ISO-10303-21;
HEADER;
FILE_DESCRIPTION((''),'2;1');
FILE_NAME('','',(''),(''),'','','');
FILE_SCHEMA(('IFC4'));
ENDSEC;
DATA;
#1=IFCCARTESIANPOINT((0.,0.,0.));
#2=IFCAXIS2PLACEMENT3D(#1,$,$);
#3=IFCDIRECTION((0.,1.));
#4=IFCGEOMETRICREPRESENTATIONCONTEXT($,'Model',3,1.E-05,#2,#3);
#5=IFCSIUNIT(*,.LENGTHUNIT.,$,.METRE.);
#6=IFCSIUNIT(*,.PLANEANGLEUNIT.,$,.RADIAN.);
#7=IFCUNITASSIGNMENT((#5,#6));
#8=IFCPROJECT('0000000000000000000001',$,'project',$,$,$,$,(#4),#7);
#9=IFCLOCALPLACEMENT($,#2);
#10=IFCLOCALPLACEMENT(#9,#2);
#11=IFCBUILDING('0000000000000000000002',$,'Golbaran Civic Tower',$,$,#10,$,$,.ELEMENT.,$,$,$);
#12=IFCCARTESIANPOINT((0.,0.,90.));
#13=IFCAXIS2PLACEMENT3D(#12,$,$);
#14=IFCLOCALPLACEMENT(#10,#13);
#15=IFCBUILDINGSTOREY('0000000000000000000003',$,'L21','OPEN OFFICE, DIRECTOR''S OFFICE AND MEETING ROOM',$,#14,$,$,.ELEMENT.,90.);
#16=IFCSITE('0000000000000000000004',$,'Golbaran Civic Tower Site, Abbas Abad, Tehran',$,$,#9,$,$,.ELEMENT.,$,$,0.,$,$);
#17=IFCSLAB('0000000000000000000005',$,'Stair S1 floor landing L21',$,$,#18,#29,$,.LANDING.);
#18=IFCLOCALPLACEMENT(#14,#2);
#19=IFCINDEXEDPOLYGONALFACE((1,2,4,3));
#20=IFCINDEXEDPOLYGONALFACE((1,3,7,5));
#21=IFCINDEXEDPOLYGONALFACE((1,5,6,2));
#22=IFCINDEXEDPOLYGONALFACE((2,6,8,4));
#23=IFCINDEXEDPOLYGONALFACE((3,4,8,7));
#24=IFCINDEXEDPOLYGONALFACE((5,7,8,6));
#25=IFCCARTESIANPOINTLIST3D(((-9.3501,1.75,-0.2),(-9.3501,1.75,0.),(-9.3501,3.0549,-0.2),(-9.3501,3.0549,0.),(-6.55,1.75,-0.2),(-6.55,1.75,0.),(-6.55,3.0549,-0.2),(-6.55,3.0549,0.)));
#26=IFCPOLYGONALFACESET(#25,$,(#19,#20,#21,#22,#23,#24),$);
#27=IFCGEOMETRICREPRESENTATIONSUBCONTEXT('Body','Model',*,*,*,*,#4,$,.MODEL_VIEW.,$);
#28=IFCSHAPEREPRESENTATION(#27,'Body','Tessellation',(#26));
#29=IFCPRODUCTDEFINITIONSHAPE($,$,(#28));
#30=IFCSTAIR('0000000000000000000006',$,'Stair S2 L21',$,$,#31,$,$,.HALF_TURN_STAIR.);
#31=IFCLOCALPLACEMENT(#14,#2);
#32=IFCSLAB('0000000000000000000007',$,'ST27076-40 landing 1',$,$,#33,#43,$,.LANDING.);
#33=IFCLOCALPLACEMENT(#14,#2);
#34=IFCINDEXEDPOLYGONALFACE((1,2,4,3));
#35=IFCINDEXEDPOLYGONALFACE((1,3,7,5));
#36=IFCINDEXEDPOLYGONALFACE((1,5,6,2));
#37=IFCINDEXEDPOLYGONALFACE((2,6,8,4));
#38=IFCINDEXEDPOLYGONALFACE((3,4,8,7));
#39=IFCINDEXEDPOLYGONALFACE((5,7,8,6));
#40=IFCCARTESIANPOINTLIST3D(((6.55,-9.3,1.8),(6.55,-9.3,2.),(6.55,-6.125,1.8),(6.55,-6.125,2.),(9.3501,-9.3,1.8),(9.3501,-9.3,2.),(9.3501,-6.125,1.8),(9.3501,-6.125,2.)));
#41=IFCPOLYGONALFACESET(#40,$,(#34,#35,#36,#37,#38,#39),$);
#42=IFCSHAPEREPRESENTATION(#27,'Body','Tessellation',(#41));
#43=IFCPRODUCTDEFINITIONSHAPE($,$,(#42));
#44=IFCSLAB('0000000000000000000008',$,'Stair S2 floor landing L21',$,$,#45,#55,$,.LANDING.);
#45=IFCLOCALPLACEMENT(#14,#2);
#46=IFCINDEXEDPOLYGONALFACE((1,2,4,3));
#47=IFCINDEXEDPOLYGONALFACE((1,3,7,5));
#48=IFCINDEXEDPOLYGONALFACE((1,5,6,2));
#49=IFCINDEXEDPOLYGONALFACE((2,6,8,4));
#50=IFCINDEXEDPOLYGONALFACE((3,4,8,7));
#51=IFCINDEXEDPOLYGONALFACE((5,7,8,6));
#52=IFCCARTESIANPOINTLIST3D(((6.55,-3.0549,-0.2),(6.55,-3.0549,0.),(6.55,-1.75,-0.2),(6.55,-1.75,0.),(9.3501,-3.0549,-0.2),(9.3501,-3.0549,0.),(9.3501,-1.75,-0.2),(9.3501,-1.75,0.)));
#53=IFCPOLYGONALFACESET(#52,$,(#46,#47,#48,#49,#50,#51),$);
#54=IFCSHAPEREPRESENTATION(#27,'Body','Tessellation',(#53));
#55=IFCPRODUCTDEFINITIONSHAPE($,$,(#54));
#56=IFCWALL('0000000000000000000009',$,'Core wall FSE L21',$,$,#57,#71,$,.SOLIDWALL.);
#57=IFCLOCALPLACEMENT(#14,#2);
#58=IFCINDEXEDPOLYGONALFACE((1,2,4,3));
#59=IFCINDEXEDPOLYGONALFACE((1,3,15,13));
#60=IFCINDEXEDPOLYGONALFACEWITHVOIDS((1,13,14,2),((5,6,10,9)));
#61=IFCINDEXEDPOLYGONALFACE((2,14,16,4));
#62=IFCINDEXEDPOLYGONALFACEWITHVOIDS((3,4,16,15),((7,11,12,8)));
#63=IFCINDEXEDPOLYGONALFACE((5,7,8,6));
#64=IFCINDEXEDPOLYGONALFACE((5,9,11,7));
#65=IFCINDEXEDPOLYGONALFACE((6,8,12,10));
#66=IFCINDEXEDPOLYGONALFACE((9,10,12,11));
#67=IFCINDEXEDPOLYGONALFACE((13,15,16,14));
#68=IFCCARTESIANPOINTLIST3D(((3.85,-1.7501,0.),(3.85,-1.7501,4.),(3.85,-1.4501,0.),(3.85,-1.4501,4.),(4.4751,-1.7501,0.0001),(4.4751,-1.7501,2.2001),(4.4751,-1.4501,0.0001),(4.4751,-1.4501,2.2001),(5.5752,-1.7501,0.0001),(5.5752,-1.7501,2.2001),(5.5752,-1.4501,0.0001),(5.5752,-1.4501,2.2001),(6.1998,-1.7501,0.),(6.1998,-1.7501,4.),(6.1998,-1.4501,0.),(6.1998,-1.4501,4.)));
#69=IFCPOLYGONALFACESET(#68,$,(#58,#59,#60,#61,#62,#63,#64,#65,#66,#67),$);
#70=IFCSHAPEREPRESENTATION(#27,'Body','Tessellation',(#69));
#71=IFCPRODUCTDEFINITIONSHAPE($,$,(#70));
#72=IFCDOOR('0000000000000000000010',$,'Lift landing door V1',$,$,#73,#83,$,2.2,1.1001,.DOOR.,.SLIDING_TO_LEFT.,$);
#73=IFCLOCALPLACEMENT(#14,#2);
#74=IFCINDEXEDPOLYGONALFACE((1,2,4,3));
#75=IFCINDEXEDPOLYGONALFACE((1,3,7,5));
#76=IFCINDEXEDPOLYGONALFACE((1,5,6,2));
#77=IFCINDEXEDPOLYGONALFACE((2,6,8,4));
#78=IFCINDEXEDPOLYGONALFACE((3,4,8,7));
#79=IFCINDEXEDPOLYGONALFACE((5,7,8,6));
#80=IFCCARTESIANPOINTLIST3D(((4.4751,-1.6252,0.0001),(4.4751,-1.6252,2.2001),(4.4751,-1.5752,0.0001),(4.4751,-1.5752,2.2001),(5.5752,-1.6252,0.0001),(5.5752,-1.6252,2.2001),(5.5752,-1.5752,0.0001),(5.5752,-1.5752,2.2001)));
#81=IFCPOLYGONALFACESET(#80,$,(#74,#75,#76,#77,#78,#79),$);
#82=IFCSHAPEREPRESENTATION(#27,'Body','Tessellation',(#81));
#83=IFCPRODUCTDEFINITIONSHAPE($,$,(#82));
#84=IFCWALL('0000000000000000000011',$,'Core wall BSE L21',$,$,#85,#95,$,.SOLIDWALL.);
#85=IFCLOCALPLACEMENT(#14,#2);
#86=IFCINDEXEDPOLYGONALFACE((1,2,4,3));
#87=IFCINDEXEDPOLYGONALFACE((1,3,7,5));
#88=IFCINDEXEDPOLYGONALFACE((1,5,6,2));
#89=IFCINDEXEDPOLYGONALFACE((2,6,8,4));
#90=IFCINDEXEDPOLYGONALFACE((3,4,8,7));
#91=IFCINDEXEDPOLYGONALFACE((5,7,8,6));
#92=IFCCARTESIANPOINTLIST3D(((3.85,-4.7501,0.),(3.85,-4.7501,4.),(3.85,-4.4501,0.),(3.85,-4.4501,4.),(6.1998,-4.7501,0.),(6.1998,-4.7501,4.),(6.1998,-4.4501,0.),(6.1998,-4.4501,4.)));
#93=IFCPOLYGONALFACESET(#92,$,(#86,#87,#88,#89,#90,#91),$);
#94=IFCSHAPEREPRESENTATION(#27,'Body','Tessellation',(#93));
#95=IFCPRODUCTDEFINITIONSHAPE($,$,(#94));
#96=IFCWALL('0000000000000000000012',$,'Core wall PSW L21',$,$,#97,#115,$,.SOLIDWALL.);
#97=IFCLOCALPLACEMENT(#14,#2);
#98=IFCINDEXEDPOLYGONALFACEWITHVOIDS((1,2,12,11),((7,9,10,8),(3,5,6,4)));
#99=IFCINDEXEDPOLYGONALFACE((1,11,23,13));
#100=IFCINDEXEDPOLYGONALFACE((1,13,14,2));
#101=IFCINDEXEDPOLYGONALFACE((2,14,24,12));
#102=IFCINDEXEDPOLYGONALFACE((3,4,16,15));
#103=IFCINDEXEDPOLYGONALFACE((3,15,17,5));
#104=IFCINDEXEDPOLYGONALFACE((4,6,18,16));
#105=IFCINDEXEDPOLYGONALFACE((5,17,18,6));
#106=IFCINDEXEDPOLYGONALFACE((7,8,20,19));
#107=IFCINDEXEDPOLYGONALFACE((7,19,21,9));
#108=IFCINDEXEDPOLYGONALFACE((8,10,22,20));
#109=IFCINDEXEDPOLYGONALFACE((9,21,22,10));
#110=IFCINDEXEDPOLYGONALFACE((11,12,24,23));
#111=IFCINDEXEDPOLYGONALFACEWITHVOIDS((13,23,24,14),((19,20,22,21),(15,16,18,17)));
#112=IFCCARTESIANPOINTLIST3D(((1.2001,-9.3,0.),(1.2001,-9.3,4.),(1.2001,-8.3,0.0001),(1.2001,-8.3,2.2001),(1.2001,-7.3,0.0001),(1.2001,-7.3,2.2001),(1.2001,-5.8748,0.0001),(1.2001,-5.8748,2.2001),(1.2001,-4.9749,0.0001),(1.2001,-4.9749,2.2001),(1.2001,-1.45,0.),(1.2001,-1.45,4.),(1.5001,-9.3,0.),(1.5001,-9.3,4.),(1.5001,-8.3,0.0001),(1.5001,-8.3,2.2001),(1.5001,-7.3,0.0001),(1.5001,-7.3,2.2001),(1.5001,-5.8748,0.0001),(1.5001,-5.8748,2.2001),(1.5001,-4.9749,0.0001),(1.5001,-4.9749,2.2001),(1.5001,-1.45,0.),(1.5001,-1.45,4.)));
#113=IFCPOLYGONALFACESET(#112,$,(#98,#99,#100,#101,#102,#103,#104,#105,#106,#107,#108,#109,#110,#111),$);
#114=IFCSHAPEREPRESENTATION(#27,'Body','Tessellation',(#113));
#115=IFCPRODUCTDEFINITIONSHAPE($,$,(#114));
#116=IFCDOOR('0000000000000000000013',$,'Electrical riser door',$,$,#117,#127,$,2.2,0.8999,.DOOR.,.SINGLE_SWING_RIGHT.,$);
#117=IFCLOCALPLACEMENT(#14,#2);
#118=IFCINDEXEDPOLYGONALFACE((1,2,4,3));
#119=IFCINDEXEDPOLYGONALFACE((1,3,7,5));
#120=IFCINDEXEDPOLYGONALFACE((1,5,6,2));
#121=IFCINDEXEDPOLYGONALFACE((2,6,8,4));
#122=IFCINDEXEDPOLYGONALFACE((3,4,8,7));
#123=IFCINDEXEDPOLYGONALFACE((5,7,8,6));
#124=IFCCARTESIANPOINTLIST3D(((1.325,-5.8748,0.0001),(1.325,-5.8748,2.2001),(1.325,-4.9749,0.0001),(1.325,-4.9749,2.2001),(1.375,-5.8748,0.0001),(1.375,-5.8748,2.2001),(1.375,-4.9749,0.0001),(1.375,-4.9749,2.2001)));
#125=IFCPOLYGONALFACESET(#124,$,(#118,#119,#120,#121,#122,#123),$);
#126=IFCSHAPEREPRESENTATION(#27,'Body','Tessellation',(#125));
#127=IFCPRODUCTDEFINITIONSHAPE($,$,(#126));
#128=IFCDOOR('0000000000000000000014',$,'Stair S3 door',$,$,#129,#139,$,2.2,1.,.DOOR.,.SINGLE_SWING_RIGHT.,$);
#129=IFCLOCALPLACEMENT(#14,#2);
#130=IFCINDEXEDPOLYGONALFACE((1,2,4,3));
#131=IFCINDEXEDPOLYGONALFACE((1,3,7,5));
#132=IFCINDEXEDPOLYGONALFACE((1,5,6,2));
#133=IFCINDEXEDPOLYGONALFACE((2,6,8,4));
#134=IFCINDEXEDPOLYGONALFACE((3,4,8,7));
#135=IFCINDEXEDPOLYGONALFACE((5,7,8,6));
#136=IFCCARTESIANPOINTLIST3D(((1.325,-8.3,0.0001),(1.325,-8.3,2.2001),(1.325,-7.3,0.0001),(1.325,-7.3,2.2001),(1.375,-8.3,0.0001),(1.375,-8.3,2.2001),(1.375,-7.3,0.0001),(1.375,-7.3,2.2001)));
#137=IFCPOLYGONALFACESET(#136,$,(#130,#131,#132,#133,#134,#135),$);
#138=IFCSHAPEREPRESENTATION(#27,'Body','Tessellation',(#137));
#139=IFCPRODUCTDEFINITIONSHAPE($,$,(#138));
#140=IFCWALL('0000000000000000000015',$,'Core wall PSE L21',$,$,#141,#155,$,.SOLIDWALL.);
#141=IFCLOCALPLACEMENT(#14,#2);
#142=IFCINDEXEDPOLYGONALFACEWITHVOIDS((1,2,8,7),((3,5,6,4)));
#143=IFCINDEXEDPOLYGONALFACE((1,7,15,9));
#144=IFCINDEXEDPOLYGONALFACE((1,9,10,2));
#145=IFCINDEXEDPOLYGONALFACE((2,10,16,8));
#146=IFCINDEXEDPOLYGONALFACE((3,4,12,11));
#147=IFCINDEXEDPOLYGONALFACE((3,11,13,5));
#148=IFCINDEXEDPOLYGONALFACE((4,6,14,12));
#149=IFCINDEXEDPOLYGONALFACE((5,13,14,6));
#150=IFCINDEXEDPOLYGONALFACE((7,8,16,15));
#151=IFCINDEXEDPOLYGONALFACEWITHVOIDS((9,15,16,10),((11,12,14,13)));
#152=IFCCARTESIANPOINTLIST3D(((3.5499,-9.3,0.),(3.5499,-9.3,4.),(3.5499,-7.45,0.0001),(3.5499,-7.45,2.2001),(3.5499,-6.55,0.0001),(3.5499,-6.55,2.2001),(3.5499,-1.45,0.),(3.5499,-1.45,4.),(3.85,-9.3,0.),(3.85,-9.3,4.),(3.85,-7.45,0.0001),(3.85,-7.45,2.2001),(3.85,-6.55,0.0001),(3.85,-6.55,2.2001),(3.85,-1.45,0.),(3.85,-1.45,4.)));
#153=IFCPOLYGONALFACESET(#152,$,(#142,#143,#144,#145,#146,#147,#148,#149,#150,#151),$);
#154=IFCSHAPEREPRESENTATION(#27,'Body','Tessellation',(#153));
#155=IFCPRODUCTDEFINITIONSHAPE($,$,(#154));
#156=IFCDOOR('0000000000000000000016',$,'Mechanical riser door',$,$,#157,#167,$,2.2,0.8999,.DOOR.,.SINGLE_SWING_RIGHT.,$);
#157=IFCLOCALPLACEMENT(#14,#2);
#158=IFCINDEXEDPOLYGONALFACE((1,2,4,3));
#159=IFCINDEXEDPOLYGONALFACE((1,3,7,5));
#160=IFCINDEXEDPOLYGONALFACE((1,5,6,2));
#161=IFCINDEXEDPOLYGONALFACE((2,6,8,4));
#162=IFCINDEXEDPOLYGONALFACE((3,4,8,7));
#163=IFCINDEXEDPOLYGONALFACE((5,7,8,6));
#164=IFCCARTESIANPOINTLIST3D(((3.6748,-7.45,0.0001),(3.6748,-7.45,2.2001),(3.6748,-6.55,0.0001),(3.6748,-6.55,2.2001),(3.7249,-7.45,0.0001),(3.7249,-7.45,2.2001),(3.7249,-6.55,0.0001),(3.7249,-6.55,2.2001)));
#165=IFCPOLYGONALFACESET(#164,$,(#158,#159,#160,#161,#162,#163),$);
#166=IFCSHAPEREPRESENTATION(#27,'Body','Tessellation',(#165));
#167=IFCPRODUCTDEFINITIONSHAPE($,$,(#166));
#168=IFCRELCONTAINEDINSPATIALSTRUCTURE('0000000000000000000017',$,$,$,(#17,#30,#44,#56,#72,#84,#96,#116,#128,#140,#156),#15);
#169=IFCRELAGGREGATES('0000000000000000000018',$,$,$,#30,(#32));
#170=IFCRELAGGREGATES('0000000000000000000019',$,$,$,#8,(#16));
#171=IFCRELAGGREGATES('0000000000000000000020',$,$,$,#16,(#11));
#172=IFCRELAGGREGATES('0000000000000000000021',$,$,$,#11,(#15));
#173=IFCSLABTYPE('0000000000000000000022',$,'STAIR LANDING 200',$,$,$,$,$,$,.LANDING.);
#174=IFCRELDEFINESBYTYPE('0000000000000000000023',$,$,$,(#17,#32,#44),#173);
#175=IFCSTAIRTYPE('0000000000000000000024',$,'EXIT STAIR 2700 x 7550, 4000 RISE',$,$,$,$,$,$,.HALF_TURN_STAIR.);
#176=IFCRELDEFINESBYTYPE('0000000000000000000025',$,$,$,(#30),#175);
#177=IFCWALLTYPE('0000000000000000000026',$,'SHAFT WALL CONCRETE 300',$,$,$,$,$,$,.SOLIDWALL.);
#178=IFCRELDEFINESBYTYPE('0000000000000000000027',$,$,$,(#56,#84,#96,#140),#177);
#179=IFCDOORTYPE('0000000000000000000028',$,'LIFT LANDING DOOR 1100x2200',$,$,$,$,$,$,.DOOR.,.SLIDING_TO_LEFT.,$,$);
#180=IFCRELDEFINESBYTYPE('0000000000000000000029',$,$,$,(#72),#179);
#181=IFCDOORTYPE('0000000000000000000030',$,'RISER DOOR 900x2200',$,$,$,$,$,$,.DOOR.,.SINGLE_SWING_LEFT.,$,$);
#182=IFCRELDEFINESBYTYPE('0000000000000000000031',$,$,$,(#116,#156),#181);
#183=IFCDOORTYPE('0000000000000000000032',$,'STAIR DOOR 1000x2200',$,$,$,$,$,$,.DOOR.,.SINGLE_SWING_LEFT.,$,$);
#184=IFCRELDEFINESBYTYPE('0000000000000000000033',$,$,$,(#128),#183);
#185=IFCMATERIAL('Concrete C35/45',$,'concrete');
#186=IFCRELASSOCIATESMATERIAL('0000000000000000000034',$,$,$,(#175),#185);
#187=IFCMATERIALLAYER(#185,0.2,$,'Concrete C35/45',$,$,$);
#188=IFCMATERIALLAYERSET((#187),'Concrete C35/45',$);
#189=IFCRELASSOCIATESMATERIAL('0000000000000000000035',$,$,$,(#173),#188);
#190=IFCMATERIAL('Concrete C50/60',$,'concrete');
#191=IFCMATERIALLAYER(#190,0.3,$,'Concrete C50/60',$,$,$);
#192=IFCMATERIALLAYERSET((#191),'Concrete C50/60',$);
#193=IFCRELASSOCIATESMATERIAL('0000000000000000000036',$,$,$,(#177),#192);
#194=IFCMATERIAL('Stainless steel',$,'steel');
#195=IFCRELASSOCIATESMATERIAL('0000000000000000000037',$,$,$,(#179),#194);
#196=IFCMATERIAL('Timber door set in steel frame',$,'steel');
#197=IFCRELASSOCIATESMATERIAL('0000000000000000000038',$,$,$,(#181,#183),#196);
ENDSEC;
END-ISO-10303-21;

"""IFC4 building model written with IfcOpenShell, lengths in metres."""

from ifc_helpers import new_model, si_unit, direction, frame, frame_2d, origin, place, context, subcontext, project, spatial, polyline, rectangle, outline, extrude, material, layer, layer_set, type_object, element, fill, aggregate, save


model = new_model("IFC4")

# Units and contexts
model_context = context("Model", 3, precision=1e-05, world=origin(), true_north=direction((0.0, 1.0)))
body_context = subcontext(model_context, "Body", "Model", "MODEL_VIEW")
ifc_project = project(units=[si_unit("LENGTHUNIT", "METRE"), si_unit("PLANEANGLEUNIT", "RADIAN")], contexts=[model_context])

# Site, building, storey
site_placement = place(None, origin())
site = spatial("IfcSite", under=ifc_project, at=site_placement, Name="Golbaran Civic Tower Site, Abbas Abad, Tehran", CompositionType="ELEMENT", RefElevation=0.0)
building_placement = place(site_placement, origin())
building = spatial("IfcBuilding", under=site, at=building_placement, Name="Golbaran Civic Tower", CompositionType="ELEMENT")
storey_placement = place(building_placement, frame((0.0, 0.0, 90.0)))
storey = spatial("IfcBuildingStorey", under=building, at=storey_placement, Name="L21", Description="OPEN OFFICE, DIRECTOR'S OFFICE AND MEETING ROOM", CompositionType="ELEMENT", Elevation=90.0)

# Shared definitions
ifc_material_1 = material(Name="Concrete C35/45", Category="concrete")

# Shared definitions
stair_type = type_object("IfcStairType", Name="EXIT STAIR 2700 x 7550, 4000 RISE", PredefinedType="HALF_TURN_STAIR", material=ifc_material_1)
ifc_layer_1 = layer(ifc_material_1, 0.2, Name="Concrete C35/45")
ifc_layer_set_1 = layer_set([ifc_layer_1], Name="Concrete C35/45")
slab_type_1 = type_object("IfcSlabType", Name="STAIR LANDING 200", PredefinedType="LANDING", material=ifc_layer_set_1)

# Slab
slab_1_placement = place(storey_placement, frame((0.0, 0.0, -0.2)))
element("IfcSlab", 1, at=slab_1_placement, inside=storey, type_object=slab_type_1, Name="Stair S1 floor landing L21", PredefinedType="LANDING", context=body_context, shape_type="SweptSolid", body=[
    extrude(outline(polyline([(-9.3501, 1.75), (-9.3501, 3.0549), (-6.55, 3.0549), (-6.55, 1.75), (-9.3501, 1.75)])), origin(), (0.0, 0.0, 1.0), 0.2),
])

# Stair, slab
stair_1_placement = place(storey_placement, origin())
stair_1 = element("IfcStair", 2, at=stair_1_placement, inside=storey, type_object=stair_type, Name="Stair S2 L21", PredefinedType="HALF_TURN_STAIR")
slab_2_placement = place(storey_placement, frame((0.0, 0.0, 1.8)))
slab_2 = element("IfcSlab", 3, at=slab_2_placement, type_object=slab_type_1, Name="ST27076-40 landing 1", PredefinedType="LANDING", context=body_context, shape_type="SweptSolid", body=[
    extrude(outline(polyline([(9.3501, -6.125), (9.3501, -9.3), (6.55, -9.3), (6.55, -6.125), (9.3501, -6.125)])), origin(), (0.0, 0.0, 1.0), 0.2),
])
aggregate(stair_1, [slab_2])

# Slab
slab_3_placement = place(storey_placement, frame((0.0, 0.0, -0.2)))
element("IfcSlab", 4, at=slab_3_placement, inside=storey, type_object=slab_type_1, Name="Stair S2 floor landing L21", PredefinedType="LANDING", context=body_context, shape_type="SweptSolid", body=[
    extrude(outline(polyline([(9.3501, -1.75), (9.3501, -3.0549), (6.55, -3.0549), (6.55, -1.75), (9.3501, -1.75)])), origin(), (0.0, 0.0, 1.0), 0.2),
])

# Wall, opening, door
ifc_material_2 = material(Name="Concrete C50/60", Category="concrete")
ifc_layer_2 = layer(ifc_material_2, 0.3, Name="Concrete C50/60")
ifc_layer_set_2 = layer_set([ifc_layer_2], Name="Concrete C50/60")
wall_type = type_object("IfcWallType", Name="SHAFT WALL CONCRETE 300", PredefinedType="SOLIDWALL", material=ifc_layer_set_2)
wall_1_placement = place(storey_placement, frame((3.8501, -1.6001, 0.0), z_axis=(0.0, 0.0, 1.0), x_axis=(1.0, 0.0, 0.0)))
wall_1 = element("IfcWall", 5, at=wall_1_placement, inside=storey, type_object=wall_type, Name="Core wall FSE L21", PredefinedType="SOLIDWALL", context=body_context, shape_type="SweptSolid", body=[
    extrude(rectangle(XDim=2.3499, YDim=0.3, at=frame_2d((1.1748, 0.0))), origin(), (0.0, 0.0, 1.0), 4.0),
])
opening_1_placement = place(wall_1_placement, frame((0.625, 0.0, 0.0)))
opening_1 = element("IfcOpeningElement", 6, at=opening_1_placement, cuts=wall_1, PredefinedType="OPENING", context=body_context, shape_type="SweptSolid", body=[
    extrude(rectangle(XDim=1.1001, YDim=2.2, at=frame_2d((0.55, 1.1001))), frame((0.0, 0.1599, 0.0), z_axis=(0.0, -1.0, 0.0), x_axis=(1.0, 0.0, 0.0)), (0.0, 0.0, 1.0), 0.3201),
])
ifc_material_3 = material(Name="Stainless steel", Category="steel")
door_type_1 = type_object("IfcDoorType", Name="LIFT LANDING DOOR 1100x2200", OperationType="SLIDING_TO_LEFT", PredefinedType="DOOR", material=ifc_material_3)
door_1_placement = place(opening_1_placement, origin())
door_1 = element("IfcDoor", 7, at=door_1_placement, inside=storey, type_object=door_type_1, Name="Lift landing door V1", OperationType="SLIDING_TO_LEFT", OverallHeight=2.2, OverallWidth=1.1001, PredefinedType="DOOR", context=body_context, shape_type="SweptSolid", body=[
    extrude(rectangle(XDim=1.1001, YDim=2.2, at=frame_2d((0.55, 1.1001))), frame((0.0, 0.0249, 0.0), z_axis=(0.0, -1.0, 0.0), x_axis=(1.0, 0.0, 0.0)), (0.0, 0.0, 1.0), 0.05),
])
fill(opening_1, door_1)

# Wall
wall_2_placement = place(storey_placement, frame((3.8501, -4.6001, 0.0), z_axis=(0.0, 0.0, 1.0), x_axis=(1.0, 0.0, 0.0)))
element("IfcWall", 8, at=wall_2_placement, inside=storey, type_object=wall_type, Name="Core wall BSE L21", PredefinedType="SOLIDWALL", context=body_context, shape_type="SweptSolid", body=[
    extrude(rectangle(XDim=2.3499, YDim=0.3, at=frame_2d((1.1748, 0.0))), origin(), (0.0, 0.0, 1.0), 4.0),
])

# Wall, openings, doors
wall_3_placement = place(storey_placement, frame((1.3501, -1.45, 0.0), z_axis=(0.0, 0.0, 1.0), x_axis=(0.0, -1.0, 0.0)))
wall_3 = element("IfcWall", 9, at=wall_3_placement, inside=storey, type_object=wall_type, Name="Core wall PSW L21", PredefinedType="SOLIDWALL", context=body_context, shape_type="SweptSolid", body=[
    extrude(rectangle(XDim=7.8501, YDim=0.3, at=frame_2d((3.925, 0.0))), origin(), (0.0, 0.0, 1.0), 4.0),
])
opening_2_placement = place(wall_3_placement, frame((5.8501, 0.0, 0.0)))
opening_2 = element("IfcOpeningElement", 10, at=opening_2_placement, cuts=wall_3, PredefinedType="OPENING", context=body_context, shape_type="SweptSolid", body=[
    extrude(rectangle(XDim=1.0, YDim=2.2, at=frame_2d((0.5, 1.1001))), frame((0.0, 0.1599, 0.0), z_axis=(0.0, -1.0, 0.0), x_axis=(1.0, 0.0, 0.0)), (0.0, 0.0, 1.0), 0.3201),
])
opening_3_placement = place(wall_3_placement, frame((3.5249, 0.0, 0.0)))
opening_3 = element("IfcOpeningElement", 11, at=opening_3_placement, cuts=wall_3, PredefinedType="OPENING", context=body_context, shape_type="SweptSolid", body=[
    extrude(rectangle(XDim=0.8999, YDim=2.2, at=frame_2d((0.45, 1.1001))), frame((0.0, 0.1599, 0.0), z_axis=(0.0, -1.0, 0.0), x_axis=(1.0, 0.0, 0.0)), (0.0, 0.0, 1.0), 0.3201),
])
ifc_material_4 = material(Name="Timber door set in steel frame", Category="steel")
door_type_2 = type_object("IfcDoorType", Name="RISER DOOR 900x2200", OperationType="SINGLE_SWING_LEFT", PredefinedType="DOOR", material=ifc_material_4)
door_2_placement = place(opening_3_placement, origin())
door_2 = element("IfcDoor", 12, at=door_2_placement, inside=storey, type_object=door_type_2, Name="Electrical riser door", OperationType="SINGLE_SWING_RIGHT", OverallHeight=2.2, OverallWidth=0.8999, PredefinedType="DOOR", context=body_context, shape_type="SweptSolid", body=[
    extrude(rectangle(XDim=0.8999, YDim=2.2, at=frame_2d((0.45, 1.1001))), frame((0.0, 0.0249, 0.0), z_axis=(0.0, -1.0, 0.0), x_axis=(1.0, 0.0, 0.0)), (0.0, 0.0, 1.0), 0.05),
])
fill(opening_3, door_2)
door_type_3 = type_object("IfcDoorType", Name="STAIR DOOR 1000x2200", OperationType="SINGLE_SWING_LEFT", PredefinedType="DOOR", material=ifc_material_4)
door_3_placement = place(opening_2_placement, origin())
door_3 = element("IfcDoor", 13, at=door_3_placement, inside=storey, type_object=door_type_3, Name="Stair S3 door", OperationType="SINGLE_SWING_RIGHT", OverallHeight=2.2, OverallWidth=1.0, PredefinedType="DOOR", context=body_context, shape_type="SweptSolid", body=[
    extrude(rectangle(XDim=1.0, YDim=2.2, at=frame_2d((0.5, 1.1001))), frame((0.0, 0.0249, 0.0), z_axis=(0.0, -1.0, 0.0), x_axis=(1.0, 0.0, 0.0)), (0.0, 0.0, 1.0), 0.05),
])
fill(opening_2, door_3)

# Wall, opening, door
wall_4_placement = place(storey_placement, frame((3.7, -1.45, 0.0), z_axis=(0.0, 0.0, 1.0), x_axis=(0.0, -1.0, 0.0)))
wall_4 = element("IfcWall", 14, at=wall_4_placement, inside=storey, type_object=wall_type, Name="Core wall PSE L21", PredefinedType="SOLIDWALL", context=body_context, shape_type="SweptSolid", body=[
    extrude(rectangle(XDim=7.8501, YDim=0.3, at=frame_2d((3.925, 0.0))), origin(), (0.0, 0.0, 1.0), 4.0),
])
opening_4_placement = place(wall_4_placement, frame((5.1001, 0.0, 0.0)))
opening_4 = element("IfcOpeningElement", 15, at=opening_4_placement, cuts=wall_4, PredefinedType="OPENING", context=body_context, shape_type="SweptSolid", body=[
    extrude(rectangle(XDim=0.8999, YDim=2.2, at=frame_2d((0.45, 1.1001))), frame((0.0, 0.1599, 0.0), z_axis=(0.0, -1.0, 0.0), x_axis=(1.0, 0.0, 0.0)), (0.0, 0.0, 1.0), 0.3201),
])
door_4_placement = place(opening_4_placement, origin())
door_4 = element("IfcDoor", 16, at=door_4_placement, inside=storey, type_object=door_type_2, Name="Mechanical riser door", OperationType="SINGLE_SWING_RIGHT", OverallHeight=2.2, OverallWidth=0.8999, PredefinedType="DOOR", context=body_context, shape_type="SweptSolid", body=[
    extrude(rectangle(XDim=0.8999, YDim=2.2, at=frame_2d((0.45, 1.1001))), frame((0.0, 0.0249, 0.0), z_axis=(0.0, -1.0, 0.0), x_axis=(1.0, 0.0, 0.0)), (0.0, 0.0, 1.0), 0.05),
])
fill(opening_4, door_4)

save(model, "model.ifc")
